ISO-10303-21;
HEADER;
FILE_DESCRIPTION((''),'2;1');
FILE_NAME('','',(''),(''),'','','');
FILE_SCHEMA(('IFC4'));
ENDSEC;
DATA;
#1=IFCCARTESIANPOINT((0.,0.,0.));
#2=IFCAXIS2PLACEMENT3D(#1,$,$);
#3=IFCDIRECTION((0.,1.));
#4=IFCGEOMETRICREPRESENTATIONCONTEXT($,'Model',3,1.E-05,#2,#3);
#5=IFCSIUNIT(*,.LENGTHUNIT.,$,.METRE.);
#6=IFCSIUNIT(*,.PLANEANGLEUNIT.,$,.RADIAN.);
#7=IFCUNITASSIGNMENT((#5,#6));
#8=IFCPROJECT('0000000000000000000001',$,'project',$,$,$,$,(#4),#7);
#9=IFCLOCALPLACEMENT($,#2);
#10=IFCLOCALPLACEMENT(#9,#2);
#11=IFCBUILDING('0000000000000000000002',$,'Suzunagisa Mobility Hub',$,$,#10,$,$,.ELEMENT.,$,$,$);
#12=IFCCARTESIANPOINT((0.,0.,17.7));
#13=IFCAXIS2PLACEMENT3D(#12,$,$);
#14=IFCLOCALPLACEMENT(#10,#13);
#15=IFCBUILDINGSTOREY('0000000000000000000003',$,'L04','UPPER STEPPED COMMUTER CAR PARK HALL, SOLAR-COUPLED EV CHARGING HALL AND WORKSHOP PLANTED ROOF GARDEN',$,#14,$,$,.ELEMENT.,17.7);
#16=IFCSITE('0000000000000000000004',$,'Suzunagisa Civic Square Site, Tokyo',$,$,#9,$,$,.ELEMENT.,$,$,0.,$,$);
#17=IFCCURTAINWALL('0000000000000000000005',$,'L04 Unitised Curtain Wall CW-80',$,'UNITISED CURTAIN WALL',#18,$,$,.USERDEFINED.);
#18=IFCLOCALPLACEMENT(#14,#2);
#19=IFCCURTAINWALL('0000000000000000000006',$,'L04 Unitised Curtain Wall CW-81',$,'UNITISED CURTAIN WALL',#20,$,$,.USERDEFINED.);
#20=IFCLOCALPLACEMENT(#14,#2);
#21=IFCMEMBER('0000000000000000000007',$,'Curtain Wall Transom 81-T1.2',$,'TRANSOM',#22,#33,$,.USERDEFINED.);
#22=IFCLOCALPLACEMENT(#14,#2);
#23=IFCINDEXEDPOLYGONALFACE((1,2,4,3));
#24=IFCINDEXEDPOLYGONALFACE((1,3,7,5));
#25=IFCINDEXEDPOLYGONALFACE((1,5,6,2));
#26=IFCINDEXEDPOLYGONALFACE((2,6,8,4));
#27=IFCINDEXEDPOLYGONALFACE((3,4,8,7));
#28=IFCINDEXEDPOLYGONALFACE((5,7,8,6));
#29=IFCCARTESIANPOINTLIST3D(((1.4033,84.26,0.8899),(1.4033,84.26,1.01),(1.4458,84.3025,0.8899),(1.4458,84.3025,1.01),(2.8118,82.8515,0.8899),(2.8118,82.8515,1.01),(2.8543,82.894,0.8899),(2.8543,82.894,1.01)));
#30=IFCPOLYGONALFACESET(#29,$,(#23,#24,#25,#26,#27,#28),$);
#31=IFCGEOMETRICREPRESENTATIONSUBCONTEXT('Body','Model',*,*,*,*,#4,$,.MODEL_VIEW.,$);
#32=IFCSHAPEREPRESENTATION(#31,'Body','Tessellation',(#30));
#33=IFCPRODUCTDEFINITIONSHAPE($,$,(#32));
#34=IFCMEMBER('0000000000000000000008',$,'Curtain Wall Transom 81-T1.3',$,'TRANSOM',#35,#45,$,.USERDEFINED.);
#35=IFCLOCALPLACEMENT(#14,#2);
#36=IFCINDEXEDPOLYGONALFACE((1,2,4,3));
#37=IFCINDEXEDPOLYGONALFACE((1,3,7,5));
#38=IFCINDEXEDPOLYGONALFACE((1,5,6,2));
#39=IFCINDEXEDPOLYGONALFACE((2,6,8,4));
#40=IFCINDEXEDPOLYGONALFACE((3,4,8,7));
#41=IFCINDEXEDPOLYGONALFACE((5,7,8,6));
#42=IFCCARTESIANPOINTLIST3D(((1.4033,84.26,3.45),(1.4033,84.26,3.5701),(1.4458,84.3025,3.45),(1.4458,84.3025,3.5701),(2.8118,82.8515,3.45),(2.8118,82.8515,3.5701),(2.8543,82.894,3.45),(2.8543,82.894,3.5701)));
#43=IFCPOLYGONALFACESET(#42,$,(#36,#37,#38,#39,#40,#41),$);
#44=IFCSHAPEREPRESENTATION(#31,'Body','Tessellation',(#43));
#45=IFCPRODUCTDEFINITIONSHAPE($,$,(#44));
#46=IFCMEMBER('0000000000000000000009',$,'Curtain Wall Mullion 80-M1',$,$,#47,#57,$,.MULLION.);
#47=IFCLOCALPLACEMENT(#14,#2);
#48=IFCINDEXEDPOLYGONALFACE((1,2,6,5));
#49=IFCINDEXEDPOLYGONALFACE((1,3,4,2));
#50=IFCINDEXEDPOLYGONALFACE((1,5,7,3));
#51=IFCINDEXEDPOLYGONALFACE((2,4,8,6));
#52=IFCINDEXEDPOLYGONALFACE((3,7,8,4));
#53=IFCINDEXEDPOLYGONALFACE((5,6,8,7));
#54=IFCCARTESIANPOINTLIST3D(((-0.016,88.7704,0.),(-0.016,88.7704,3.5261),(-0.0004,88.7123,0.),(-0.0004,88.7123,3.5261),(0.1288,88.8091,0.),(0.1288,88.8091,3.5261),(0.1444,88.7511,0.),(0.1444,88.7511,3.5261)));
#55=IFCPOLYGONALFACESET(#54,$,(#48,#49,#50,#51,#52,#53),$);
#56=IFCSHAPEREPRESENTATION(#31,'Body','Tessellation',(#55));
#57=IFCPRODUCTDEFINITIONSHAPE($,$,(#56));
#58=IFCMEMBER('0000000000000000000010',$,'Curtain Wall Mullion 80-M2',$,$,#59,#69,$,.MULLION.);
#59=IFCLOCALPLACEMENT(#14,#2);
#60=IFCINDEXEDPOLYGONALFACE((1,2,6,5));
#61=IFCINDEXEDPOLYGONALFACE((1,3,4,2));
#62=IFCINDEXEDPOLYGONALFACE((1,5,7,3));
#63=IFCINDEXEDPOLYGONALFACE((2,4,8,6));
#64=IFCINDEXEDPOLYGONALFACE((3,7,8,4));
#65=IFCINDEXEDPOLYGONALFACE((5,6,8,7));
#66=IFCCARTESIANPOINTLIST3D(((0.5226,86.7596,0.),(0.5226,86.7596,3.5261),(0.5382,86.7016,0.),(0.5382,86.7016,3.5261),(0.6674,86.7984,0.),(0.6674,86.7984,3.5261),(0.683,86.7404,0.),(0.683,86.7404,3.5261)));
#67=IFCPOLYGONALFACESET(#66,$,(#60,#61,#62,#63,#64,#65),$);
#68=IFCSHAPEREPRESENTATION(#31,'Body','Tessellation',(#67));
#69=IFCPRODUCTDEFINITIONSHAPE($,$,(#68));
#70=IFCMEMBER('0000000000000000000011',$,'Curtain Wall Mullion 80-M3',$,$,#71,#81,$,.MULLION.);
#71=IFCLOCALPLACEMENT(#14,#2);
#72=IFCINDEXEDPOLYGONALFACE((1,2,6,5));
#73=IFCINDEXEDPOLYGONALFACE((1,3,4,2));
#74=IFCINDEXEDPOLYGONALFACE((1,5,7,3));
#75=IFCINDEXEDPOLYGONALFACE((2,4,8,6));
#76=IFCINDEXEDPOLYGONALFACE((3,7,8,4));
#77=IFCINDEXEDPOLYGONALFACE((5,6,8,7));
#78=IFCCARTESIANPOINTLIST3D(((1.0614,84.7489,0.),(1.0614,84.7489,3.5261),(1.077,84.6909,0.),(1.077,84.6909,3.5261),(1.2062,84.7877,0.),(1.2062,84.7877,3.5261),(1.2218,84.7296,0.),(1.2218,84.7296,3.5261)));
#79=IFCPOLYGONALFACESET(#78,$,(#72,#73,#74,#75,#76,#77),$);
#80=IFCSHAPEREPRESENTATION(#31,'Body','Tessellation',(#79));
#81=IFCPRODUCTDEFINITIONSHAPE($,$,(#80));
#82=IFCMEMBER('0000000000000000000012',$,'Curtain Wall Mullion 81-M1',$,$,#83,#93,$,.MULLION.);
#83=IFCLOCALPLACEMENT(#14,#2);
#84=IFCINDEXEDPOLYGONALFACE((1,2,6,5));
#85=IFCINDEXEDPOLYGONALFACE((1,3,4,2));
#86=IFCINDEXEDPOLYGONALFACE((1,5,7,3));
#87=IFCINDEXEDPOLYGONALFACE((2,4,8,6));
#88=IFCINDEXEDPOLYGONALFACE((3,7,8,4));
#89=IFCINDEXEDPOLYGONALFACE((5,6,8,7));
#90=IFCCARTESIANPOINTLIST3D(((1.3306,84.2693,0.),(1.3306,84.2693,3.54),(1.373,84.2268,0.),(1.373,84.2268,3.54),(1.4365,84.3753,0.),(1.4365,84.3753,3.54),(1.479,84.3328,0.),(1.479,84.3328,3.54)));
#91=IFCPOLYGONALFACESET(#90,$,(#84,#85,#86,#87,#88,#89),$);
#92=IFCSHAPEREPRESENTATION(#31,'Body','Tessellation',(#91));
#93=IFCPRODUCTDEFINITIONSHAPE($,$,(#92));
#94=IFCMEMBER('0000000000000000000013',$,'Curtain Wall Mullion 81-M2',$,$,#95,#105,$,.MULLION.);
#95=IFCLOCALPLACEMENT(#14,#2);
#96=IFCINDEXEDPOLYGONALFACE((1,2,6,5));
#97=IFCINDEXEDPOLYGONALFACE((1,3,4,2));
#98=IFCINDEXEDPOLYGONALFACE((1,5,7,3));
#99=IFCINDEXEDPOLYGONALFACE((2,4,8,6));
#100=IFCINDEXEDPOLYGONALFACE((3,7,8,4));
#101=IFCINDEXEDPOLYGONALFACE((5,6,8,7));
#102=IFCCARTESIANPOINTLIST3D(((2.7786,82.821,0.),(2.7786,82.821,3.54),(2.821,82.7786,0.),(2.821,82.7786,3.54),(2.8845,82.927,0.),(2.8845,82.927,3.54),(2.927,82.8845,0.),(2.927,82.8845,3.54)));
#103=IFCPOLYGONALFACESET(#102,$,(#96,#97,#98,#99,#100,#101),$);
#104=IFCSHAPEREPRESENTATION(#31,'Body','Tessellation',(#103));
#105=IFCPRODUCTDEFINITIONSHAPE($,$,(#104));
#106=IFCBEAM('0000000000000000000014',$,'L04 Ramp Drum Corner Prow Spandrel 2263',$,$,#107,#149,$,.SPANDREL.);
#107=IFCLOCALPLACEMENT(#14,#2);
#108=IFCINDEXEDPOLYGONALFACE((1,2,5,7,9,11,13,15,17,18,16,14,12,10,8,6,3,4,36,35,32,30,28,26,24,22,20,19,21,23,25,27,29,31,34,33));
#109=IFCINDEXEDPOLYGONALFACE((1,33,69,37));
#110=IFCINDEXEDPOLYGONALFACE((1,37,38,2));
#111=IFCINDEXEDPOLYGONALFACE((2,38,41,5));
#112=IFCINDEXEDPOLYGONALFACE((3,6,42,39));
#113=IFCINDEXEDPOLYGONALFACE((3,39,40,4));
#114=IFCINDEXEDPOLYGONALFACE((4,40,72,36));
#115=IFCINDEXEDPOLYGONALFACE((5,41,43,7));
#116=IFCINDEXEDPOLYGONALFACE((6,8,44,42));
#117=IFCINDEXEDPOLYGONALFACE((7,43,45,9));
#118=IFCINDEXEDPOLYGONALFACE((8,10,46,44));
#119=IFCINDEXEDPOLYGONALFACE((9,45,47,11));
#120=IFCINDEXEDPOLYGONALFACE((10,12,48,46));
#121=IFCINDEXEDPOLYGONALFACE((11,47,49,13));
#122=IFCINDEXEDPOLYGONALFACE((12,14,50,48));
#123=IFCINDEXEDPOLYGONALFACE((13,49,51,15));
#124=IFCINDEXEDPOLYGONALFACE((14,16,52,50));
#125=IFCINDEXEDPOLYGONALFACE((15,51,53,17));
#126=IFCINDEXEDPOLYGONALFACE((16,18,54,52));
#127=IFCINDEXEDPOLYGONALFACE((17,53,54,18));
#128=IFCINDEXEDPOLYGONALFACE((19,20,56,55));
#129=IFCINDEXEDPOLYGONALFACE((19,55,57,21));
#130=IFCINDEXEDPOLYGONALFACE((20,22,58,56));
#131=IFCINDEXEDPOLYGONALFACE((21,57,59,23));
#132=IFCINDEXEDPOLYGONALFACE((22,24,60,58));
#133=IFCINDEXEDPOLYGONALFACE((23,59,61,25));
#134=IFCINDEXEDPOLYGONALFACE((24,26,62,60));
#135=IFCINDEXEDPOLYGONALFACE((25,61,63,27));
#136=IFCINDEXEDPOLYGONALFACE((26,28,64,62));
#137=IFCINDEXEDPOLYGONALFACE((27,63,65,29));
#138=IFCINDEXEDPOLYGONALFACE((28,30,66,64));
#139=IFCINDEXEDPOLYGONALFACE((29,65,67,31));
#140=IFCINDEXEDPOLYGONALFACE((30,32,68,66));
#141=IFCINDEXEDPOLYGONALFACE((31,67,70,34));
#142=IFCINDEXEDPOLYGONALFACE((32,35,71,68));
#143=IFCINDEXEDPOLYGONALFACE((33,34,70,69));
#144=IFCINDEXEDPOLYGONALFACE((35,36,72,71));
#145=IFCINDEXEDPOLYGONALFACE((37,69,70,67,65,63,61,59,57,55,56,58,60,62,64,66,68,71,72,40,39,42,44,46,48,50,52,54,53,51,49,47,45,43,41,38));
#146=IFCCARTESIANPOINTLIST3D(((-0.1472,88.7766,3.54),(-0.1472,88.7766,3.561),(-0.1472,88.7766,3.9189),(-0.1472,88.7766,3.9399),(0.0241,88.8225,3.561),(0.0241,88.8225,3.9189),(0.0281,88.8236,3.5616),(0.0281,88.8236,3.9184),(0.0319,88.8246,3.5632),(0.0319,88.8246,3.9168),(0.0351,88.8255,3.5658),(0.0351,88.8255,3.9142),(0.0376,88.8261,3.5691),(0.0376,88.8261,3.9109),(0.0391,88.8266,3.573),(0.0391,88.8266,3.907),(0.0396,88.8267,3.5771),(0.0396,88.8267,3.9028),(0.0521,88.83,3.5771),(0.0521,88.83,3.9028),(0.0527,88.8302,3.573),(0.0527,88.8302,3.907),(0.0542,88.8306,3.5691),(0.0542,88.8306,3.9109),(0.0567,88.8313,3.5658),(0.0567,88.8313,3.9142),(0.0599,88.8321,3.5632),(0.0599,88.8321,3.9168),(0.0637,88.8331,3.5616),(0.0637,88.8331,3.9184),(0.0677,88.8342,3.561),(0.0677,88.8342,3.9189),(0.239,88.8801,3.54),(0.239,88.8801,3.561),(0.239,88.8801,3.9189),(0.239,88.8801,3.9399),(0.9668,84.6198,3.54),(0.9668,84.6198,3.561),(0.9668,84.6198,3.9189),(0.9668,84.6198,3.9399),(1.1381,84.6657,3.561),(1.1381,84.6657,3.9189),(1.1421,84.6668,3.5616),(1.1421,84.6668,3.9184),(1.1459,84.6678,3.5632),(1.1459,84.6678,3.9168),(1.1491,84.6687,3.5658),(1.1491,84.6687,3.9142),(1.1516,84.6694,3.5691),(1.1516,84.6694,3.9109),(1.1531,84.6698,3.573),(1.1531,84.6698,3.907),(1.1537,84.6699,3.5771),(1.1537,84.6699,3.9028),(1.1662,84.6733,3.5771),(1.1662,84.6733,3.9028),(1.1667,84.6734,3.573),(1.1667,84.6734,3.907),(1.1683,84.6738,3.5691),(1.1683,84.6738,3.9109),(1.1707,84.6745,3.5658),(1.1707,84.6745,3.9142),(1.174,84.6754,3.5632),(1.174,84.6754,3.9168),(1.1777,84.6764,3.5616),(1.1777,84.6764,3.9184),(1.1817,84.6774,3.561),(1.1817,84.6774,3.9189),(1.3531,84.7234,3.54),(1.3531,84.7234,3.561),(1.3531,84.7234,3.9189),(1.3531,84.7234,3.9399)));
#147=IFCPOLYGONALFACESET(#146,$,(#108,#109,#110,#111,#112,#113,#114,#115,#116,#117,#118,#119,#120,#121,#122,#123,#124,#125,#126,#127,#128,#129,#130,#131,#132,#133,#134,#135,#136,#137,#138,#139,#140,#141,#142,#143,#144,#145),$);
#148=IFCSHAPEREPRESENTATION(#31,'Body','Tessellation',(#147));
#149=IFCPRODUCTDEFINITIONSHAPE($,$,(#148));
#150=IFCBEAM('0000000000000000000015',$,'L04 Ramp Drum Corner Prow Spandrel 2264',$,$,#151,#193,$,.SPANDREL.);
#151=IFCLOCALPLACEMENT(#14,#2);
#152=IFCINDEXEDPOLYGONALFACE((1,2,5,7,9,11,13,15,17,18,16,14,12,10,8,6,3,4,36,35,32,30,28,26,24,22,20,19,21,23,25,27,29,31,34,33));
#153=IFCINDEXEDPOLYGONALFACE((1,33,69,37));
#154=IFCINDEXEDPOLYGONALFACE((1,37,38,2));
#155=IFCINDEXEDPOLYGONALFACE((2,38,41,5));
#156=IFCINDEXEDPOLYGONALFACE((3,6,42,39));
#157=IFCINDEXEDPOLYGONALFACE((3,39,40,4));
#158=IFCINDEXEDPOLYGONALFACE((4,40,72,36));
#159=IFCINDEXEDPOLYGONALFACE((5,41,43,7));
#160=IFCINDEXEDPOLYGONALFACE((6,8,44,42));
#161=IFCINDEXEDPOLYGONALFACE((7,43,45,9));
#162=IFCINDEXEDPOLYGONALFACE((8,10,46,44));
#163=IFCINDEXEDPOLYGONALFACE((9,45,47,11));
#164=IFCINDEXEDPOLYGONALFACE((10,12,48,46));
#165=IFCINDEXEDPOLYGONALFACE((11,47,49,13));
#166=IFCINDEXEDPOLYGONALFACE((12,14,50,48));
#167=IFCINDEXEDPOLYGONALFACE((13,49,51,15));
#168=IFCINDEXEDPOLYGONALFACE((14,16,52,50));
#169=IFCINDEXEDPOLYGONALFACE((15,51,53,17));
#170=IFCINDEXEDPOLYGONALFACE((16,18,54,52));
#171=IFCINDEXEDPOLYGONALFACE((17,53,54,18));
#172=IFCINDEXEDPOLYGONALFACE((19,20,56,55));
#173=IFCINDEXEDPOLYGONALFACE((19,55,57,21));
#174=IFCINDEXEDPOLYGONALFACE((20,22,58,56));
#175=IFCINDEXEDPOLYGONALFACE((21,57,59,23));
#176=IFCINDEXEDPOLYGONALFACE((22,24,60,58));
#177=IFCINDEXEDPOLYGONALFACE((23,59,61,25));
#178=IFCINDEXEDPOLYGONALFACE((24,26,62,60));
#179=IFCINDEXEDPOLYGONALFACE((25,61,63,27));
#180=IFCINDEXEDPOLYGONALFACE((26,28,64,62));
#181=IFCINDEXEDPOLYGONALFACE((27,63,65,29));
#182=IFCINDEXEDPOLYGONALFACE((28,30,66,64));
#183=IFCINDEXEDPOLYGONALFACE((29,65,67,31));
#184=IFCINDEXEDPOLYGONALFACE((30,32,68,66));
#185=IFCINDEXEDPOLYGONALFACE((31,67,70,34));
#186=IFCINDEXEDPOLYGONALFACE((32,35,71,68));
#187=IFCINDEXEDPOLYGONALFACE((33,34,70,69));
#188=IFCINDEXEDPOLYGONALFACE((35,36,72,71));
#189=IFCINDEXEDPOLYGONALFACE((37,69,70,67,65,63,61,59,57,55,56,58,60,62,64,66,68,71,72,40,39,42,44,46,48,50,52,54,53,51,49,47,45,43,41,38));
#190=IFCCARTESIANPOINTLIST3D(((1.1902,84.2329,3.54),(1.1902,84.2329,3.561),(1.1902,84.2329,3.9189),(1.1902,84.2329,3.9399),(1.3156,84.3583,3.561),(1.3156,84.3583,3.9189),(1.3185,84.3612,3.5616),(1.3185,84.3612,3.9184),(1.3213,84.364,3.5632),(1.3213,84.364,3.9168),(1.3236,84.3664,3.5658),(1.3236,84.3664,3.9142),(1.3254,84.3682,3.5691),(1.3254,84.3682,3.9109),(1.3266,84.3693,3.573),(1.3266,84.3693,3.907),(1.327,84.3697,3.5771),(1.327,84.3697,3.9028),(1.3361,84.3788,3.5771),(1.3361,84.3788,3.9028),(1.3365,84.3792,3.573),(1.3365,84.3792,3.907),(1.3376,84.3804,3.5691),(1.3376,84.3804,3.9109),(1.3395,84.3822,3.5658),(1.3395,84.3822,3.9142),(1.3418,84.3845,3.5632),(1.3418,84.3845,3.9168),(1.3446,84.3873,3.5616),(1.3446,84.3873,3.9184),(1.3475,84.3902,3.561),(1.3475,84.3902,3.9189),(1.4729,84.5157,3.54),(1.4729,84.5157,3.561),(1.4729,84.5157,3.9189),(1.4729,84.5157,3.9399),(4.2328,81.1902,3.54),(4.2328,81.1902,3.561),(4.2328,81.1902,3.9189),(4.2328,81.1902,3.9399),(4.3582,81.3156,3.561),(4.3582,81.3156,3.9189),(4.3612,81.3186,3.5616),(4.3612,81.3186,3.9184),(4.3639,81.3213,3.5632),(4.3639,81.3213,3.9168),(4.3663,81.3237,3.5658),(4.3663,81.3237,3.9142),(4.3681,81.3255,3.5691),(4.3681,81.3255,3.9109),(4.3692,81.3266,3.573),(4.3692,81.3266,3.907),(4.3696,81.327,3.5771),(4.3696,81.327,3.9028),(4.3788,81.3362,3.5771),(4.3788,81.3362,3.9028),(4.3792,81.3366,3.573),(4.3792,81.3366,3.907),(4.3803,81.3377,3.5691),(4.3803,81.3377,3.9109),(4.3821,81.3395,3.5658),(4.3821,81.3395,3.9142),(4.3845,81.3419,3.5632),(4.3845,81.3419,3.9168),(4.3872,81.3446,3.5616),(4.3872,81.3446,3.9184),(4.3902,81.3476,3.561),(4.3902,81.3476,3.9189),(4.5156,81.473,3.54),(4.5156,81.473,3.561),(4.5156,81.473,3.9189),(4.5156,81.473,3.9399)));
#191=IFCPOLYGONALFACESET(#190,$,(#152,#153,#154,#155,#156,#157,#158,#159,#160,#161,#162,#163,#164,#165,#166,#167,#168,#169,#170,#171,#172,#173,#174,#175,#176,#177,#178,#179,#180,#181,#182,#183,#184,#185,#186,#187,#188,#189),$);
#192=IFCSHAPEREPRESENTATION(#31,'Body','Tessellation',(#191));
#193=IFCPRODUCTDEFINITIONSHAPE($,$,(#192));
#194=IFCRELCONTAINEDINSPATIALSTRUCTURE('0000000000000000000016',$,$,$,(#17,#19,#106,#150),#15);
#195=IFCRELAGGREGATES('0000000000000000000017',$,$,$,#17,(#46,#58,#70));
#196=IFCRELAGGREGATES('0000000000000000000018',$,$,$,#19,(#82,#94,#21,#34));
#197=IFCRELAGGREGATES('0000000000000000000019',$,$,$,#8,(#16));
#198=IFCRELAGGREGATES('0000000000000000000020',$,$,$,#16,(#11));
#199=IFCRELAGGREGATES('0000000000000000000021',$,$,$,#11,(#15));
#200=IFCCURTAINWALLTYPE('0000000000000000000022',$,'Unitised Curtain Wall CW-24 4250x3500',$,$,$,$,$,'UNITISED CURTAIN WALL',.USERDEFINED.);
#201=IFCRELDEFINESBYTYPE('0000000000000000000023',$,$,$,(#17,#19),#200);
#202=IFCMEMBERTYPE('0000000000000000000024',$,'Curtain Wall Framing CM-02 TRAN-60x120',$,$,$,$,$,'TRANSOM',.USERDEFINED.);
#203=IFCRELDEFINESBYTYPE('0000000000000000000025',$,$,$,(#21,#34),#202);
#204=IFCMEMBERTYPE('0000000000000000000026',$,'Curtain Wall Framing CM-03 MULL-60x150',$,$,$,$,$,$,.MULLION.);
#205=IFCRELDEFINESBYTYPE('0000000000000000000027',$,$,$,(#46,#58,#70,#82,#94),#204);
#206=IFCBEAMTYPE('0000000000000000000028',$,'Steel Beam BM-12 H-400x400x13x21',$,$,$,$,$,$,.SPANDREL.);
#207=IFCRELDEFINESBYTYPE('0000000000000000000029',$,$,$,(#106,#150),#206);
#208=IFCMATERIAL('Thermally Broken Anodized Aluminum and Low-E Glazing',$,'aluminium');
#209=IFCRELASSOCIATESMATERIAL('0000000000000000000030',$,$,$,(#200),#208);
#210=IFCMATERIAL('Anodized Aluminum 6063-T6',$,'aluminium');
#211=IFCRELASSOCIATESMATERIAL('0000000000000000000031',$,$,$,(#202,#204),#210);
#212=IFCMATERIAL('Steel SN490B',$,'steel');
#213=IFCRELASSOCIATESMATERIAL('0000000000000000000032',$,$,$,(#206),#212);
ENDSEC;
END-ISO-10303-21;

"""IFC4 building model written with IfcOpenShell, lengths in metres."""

from ifc_helpers import new_model, si_unit, direction, frame, origin, origin_2d, place, context, subcontext, project, spatial, rectangle, i_section, extrude, material, material_profile, profile_set, type_object, element, aggregate, save


model = new_model("IFC4")

# Units and contexts
model_context = context("Model", 3, precision=1e-05, world=origin(), true_north=direction((0.0, 1.0)))
body_context = subcontext(model_context, "Body", "Model", "MODEL_VIEW")
ifc_project = project(units=[si_unit("LENGTHUNIT", "METRE"), si_unit("PLANEANGLEUNIT", "RADIAN")], contexts=[model_context])

# Site, building, storey
site_placement = place(None, origin())
site = spatial("IfcSite", under=ifc_project, at=site_placement, Name="Suzunagisa Civic Square Site, Tokyo", CompositionType="ELEMENT", RefElevation=0.0)
building_placement = place(site_placement, origin())
building = spatial("IfcBuilding", under=site, at=building_placement, Name="Suzunagisa Mobility Hub", CompositionType="ELEMENT")
storey_placement = place(building_placement, frame((0.0, 0.0, 17.7)))
storey = spatial("IfcBuildingStorey", under=building, at=storey_placement, Name="L04", Description="UPPER STEPPED COMMUTER CAR PARK HALL, SOLAR-COUPLED EV CHARGING HALL AND WORKSHOP PLANTED ROOF GARDEN", CompositionType="ELEMENT", Elevation=17.7)

# Shared definitions
ifc_material_1 = material(Name="Steel SN490B", Category="steel")

# Curtain walls, members
ifc_material_2 = material(Name="Thermally Broken Anodized Aluminum and Low-E Glazing", Category="aluminium")
curtain_wall_type = type_object("IfcCurtainWallType", Name="Unitised Curtain Wall CW-24 4250x3500", ElementType="UNITISED CURTAIN WALL", PredefinedType="USERDEFINED", material=ifc_material_2)
curtain_wall_1_placement = place(storey_placement, origin())
curtain_wall_1 = element("IfcCurtainWall", 1, at=curtain_wall_1_placement, inside=storey, type_object=curtain_wall_type, Name="L04 Unitised Curtain Wall CW-80", ObjectType="UNITISED CURTAIN WALL", PredefinedType="USERDEFINED")
ifc_material_3 = material(Name="Anodized Aluminum 6063-T6", Category="aluminium")
ifc_material_profile_1 = material_profile(ifc_material_3, rectangle(XDim=0.0601, YDim=0.1201, at=origin_2d()), Name="TRAN-60x120")
ifc_profile_set_1 = profile_set([ifc_material_profile_1], Name="Anodized Aluminum 6063-T6")
member_type_1 = type_object("IfcMemberType", Name="Curtain Wall Framing CM-02 TRAN-60x120", ElementType="TRANSOM", PredefinedType="USERDEFINED", material=ifc_profile_set_1)
curtain_wall_2_placement = place(storey_placement, origin())
curtain_wall_2 = element("IfcCurtainWall", 2, at=curtain_wall_2_placement, inside=storey, type_object=curtain_wall_type, Name="L04 Unitised Curtain Wall CW-81", ObjectType="UNITISED CURTAIN WALL", PredefinedType="USERDEFINED")
member_1_placement = place(storey_placement, frame((1.4246, 84.2812, 0.95), z_axis=(0.707107, -0.707107, 0.0), x_axis=(0.707107, 0.707107, 0.0)))
member_1 = element("IfcMember", 3, at=member_1_placement, type_object=member_type_1, Name="Curtain Wall Transom 81-T1.2", ObjectType="TRANSOM", PredefinedType="USERDEFINED", context=body_context, shape_type="SweptSolid", body=[
    extrude(rectangle(XDim=0.0601, YDim=0.1201, at=origin_2d()), origin(), (0.0, 0.0, 1.0), 1.9919),
])
member_2_placement = place(storey_placement, frame((1.4246, 84.2812, 3.51), z_axis=(0.707107, -0.707107, 0.0), x_axis=(0.707107, 0.707107, 0.0)))
member_2 = element("IfcMember", 4, at=member_2_placement, type_object=member_type_1, Name="Curtain Wall Transom 81-T1.3", ObjectType="TRANSOM", PredefinedType="USERDEFINED", context=body_context, shape_type="SweptSolid", body=[
    extrude(rectangle(XDim=0.0601, YDim=0.1201, at=origin_2d()), origin(), (0.0, 0.0, 1.0), 1.9919),
])

# Members
ifc_material_profile_2 = material_profile(ifc_material_3, rectangle(XDim=0.0601, YDim=0.1499, at=origin_2d()), Name="MULL-60x150")
ifc_profile_set_2 = profile_set([ifc_material_profile_2], Name="Anodized Aluminum 6063-T6")
member_type_2 = type_object("IfcMemberType", Name="Curtain Wall Framing CM-03 MULL-60x150", PredefinedType="MULLION", material=ifc_profile_set_2)
member_3_placement = place(storey_placement, frame((0.0642, 88.7607, 0.0), z_axis=(0.0, 0.0, 1.0), x_axis=(0.258803, -0.96593, 0.0)))
member_3 = element("IfcMember", 5, at=member_3_placement, type_object=member_type_2, Name="Curtain Wall Mullion 80-M1", PredefinedType="MULLION", context=body_context, shape_type="SweptSolid", body=[
    extrude(rectangle(XDim=0.0601, YDim=0.1499, at=origin_2d()), origin(), (0.0, 0.0, 1.0), 3.5261),
])
member_4_placement = place(storey_placement, frame((0.6028, 86.75, 0.0), z_axis=(0.0, 0.0, 1.0), x_axis=(0.258803, -0.96593, 0.0)))
member_4 = element("IfcMember", 6, at=member_4_placement, type_object=member_type_2, Name="Curtain Wall Mullion 80-M2", PredefinedType="MULLION", context=body_context, shape_type="SweptSolid", body=[
    extrude(rectangle(XDim=0.0601, YDim=0.1499, at=origin_2d()), origin(), (0.0, 0.0, 1.0), 3.5261),
])
member_5_placement = place(storey_placement, frame((1.1416, 84.7393, 0.0), z_axis=(0.0, 0.0, 1.0), x_axis=(0.258803, -0.96593, 0.0)))
member_5 = element("IfcMember", 7, at=member_5_placement, type_object=member_type_2, Name="Curtain Wall Mullion 80-M3", PredefinedType="MULLION", context=body_context, shape_type="SweptSolid", body=[
    extrude(rectangle(XDim=0.0601, YDim=0.1499, at=origin_2d()), origin(), (0.0, 0.0, 1.0), 3.5261),
])
member_6_placement = place(storey_placement, frame((1.4048, 84.301, 0.0), z_axis=(0.0, 0.0, 1.0), x_axis=(0.707107, -0.707107, 0.0)))
member_6 = element("IfcMember", 8, at=member_6_placement, type_object=member_type_2, Name="Curtain Wall Mullion 81-M1", PredefinedType="MULLION", context=body_context, shape_type="SweptSolid", body=[
    extrude(rectangle(XDim=0.0601, YDim=0.1499, at=origin_2d()), origin(), (0.0, 0.0, 1.0), 3.54),
])
member_7_placement = place(storey_placement, frame((2.8528, 82.8528, 0.0), z_axis=(0.0, 0.0, 1.0), x_axis=(0.707107, -0.707107, 0.0)))
member_7 = element("IfcMember", 9, at=member_7_placement, type_object=member_type_2, Name="Curtain Wall Mullion 81-M2", PredefinedType="MULLION", context=body_context, shape_type="SweptSolid", body=[
    extrude(rectangle(XDim=0.0601, YDim=0.1499, at=origin_2d()), origin(), (0.0, 0.0, 1.0), 3.54),
])

# Beams
ifc_material_profile_3 = material_profile(ifc_material_1, i_section(OverallWidth=0.3999, OverallDepth=0.3999, WebThickness=0.0129, FlangeThickness=0.021, FilletRadius=0.0161, at=origin_2d()), Name="H-400x400x13x21")
ifc_profile_set_3 = profile_set([ifc_material_profile_3], Name="Steel SN490B")
beam_type_1 = type_object("IfcBeamType", Name="Steel Beam BM-12 H-400x400x13x21", PredefinedType="SPANDREL", material=ifc_profile_set_3)
beam_1_placement = place(storey_placement, frame((0.0459, 88.8284, 3.74), z_axis=(0.258867, -0.965913, 0.0), x_axis=(0.965913, 0.258867, 0.0)))
element("IfcBeam", 10, at=beam_1_placement, inside=storey, type_object=beam_type_1, Name="L04 Ramp Drum Corner Prow Spandrel 2263", PredefinedType="SPANDREL", context=body_context, shape_type="SweptSolid", body=[
    extrude(i_section(OverallWidth=0.3999, OverallDepth=0.3999, WebThickness=0.0129, FlangeThickness=0.021, FilletRadius=0.0161, at=origin_2d()), origin(), (0.0, 0.0, 1.0), 4.3035),
])
beam_2_placement = place(storey_placement, frame((1.3315, 84.3743, 3.74), z_axis=(0.707107, -0.707107, 0.0), x_axis=(0.707107, 0.707107, 0.0)))
element("IfcBeam", 11, at=beam_2_placement, inside=storey, type_object=beam_type_1, Name="L04 Ramp Drum Corner Prow Spandrel 2264", PredefinedType="SPANDREL", context=body_context, shape_type="SweptSolid", body=[
    extrude(i_section(OverallWidth=0.3999, OverallDepth=0.3999, WebThickness=0.0129, FlangeThickness=0.021, FilletRadius=0.0161, at=origin_2d()), origin(), (0.0, 0.0, 1.0), 4.303),
])

aggregate(curtain_wall_1, [member_3, member_4, member_5])
aggregate(curtain_wall_2, [member_6, member_7, member_1, member_2])

save(model, "model.ifc")
